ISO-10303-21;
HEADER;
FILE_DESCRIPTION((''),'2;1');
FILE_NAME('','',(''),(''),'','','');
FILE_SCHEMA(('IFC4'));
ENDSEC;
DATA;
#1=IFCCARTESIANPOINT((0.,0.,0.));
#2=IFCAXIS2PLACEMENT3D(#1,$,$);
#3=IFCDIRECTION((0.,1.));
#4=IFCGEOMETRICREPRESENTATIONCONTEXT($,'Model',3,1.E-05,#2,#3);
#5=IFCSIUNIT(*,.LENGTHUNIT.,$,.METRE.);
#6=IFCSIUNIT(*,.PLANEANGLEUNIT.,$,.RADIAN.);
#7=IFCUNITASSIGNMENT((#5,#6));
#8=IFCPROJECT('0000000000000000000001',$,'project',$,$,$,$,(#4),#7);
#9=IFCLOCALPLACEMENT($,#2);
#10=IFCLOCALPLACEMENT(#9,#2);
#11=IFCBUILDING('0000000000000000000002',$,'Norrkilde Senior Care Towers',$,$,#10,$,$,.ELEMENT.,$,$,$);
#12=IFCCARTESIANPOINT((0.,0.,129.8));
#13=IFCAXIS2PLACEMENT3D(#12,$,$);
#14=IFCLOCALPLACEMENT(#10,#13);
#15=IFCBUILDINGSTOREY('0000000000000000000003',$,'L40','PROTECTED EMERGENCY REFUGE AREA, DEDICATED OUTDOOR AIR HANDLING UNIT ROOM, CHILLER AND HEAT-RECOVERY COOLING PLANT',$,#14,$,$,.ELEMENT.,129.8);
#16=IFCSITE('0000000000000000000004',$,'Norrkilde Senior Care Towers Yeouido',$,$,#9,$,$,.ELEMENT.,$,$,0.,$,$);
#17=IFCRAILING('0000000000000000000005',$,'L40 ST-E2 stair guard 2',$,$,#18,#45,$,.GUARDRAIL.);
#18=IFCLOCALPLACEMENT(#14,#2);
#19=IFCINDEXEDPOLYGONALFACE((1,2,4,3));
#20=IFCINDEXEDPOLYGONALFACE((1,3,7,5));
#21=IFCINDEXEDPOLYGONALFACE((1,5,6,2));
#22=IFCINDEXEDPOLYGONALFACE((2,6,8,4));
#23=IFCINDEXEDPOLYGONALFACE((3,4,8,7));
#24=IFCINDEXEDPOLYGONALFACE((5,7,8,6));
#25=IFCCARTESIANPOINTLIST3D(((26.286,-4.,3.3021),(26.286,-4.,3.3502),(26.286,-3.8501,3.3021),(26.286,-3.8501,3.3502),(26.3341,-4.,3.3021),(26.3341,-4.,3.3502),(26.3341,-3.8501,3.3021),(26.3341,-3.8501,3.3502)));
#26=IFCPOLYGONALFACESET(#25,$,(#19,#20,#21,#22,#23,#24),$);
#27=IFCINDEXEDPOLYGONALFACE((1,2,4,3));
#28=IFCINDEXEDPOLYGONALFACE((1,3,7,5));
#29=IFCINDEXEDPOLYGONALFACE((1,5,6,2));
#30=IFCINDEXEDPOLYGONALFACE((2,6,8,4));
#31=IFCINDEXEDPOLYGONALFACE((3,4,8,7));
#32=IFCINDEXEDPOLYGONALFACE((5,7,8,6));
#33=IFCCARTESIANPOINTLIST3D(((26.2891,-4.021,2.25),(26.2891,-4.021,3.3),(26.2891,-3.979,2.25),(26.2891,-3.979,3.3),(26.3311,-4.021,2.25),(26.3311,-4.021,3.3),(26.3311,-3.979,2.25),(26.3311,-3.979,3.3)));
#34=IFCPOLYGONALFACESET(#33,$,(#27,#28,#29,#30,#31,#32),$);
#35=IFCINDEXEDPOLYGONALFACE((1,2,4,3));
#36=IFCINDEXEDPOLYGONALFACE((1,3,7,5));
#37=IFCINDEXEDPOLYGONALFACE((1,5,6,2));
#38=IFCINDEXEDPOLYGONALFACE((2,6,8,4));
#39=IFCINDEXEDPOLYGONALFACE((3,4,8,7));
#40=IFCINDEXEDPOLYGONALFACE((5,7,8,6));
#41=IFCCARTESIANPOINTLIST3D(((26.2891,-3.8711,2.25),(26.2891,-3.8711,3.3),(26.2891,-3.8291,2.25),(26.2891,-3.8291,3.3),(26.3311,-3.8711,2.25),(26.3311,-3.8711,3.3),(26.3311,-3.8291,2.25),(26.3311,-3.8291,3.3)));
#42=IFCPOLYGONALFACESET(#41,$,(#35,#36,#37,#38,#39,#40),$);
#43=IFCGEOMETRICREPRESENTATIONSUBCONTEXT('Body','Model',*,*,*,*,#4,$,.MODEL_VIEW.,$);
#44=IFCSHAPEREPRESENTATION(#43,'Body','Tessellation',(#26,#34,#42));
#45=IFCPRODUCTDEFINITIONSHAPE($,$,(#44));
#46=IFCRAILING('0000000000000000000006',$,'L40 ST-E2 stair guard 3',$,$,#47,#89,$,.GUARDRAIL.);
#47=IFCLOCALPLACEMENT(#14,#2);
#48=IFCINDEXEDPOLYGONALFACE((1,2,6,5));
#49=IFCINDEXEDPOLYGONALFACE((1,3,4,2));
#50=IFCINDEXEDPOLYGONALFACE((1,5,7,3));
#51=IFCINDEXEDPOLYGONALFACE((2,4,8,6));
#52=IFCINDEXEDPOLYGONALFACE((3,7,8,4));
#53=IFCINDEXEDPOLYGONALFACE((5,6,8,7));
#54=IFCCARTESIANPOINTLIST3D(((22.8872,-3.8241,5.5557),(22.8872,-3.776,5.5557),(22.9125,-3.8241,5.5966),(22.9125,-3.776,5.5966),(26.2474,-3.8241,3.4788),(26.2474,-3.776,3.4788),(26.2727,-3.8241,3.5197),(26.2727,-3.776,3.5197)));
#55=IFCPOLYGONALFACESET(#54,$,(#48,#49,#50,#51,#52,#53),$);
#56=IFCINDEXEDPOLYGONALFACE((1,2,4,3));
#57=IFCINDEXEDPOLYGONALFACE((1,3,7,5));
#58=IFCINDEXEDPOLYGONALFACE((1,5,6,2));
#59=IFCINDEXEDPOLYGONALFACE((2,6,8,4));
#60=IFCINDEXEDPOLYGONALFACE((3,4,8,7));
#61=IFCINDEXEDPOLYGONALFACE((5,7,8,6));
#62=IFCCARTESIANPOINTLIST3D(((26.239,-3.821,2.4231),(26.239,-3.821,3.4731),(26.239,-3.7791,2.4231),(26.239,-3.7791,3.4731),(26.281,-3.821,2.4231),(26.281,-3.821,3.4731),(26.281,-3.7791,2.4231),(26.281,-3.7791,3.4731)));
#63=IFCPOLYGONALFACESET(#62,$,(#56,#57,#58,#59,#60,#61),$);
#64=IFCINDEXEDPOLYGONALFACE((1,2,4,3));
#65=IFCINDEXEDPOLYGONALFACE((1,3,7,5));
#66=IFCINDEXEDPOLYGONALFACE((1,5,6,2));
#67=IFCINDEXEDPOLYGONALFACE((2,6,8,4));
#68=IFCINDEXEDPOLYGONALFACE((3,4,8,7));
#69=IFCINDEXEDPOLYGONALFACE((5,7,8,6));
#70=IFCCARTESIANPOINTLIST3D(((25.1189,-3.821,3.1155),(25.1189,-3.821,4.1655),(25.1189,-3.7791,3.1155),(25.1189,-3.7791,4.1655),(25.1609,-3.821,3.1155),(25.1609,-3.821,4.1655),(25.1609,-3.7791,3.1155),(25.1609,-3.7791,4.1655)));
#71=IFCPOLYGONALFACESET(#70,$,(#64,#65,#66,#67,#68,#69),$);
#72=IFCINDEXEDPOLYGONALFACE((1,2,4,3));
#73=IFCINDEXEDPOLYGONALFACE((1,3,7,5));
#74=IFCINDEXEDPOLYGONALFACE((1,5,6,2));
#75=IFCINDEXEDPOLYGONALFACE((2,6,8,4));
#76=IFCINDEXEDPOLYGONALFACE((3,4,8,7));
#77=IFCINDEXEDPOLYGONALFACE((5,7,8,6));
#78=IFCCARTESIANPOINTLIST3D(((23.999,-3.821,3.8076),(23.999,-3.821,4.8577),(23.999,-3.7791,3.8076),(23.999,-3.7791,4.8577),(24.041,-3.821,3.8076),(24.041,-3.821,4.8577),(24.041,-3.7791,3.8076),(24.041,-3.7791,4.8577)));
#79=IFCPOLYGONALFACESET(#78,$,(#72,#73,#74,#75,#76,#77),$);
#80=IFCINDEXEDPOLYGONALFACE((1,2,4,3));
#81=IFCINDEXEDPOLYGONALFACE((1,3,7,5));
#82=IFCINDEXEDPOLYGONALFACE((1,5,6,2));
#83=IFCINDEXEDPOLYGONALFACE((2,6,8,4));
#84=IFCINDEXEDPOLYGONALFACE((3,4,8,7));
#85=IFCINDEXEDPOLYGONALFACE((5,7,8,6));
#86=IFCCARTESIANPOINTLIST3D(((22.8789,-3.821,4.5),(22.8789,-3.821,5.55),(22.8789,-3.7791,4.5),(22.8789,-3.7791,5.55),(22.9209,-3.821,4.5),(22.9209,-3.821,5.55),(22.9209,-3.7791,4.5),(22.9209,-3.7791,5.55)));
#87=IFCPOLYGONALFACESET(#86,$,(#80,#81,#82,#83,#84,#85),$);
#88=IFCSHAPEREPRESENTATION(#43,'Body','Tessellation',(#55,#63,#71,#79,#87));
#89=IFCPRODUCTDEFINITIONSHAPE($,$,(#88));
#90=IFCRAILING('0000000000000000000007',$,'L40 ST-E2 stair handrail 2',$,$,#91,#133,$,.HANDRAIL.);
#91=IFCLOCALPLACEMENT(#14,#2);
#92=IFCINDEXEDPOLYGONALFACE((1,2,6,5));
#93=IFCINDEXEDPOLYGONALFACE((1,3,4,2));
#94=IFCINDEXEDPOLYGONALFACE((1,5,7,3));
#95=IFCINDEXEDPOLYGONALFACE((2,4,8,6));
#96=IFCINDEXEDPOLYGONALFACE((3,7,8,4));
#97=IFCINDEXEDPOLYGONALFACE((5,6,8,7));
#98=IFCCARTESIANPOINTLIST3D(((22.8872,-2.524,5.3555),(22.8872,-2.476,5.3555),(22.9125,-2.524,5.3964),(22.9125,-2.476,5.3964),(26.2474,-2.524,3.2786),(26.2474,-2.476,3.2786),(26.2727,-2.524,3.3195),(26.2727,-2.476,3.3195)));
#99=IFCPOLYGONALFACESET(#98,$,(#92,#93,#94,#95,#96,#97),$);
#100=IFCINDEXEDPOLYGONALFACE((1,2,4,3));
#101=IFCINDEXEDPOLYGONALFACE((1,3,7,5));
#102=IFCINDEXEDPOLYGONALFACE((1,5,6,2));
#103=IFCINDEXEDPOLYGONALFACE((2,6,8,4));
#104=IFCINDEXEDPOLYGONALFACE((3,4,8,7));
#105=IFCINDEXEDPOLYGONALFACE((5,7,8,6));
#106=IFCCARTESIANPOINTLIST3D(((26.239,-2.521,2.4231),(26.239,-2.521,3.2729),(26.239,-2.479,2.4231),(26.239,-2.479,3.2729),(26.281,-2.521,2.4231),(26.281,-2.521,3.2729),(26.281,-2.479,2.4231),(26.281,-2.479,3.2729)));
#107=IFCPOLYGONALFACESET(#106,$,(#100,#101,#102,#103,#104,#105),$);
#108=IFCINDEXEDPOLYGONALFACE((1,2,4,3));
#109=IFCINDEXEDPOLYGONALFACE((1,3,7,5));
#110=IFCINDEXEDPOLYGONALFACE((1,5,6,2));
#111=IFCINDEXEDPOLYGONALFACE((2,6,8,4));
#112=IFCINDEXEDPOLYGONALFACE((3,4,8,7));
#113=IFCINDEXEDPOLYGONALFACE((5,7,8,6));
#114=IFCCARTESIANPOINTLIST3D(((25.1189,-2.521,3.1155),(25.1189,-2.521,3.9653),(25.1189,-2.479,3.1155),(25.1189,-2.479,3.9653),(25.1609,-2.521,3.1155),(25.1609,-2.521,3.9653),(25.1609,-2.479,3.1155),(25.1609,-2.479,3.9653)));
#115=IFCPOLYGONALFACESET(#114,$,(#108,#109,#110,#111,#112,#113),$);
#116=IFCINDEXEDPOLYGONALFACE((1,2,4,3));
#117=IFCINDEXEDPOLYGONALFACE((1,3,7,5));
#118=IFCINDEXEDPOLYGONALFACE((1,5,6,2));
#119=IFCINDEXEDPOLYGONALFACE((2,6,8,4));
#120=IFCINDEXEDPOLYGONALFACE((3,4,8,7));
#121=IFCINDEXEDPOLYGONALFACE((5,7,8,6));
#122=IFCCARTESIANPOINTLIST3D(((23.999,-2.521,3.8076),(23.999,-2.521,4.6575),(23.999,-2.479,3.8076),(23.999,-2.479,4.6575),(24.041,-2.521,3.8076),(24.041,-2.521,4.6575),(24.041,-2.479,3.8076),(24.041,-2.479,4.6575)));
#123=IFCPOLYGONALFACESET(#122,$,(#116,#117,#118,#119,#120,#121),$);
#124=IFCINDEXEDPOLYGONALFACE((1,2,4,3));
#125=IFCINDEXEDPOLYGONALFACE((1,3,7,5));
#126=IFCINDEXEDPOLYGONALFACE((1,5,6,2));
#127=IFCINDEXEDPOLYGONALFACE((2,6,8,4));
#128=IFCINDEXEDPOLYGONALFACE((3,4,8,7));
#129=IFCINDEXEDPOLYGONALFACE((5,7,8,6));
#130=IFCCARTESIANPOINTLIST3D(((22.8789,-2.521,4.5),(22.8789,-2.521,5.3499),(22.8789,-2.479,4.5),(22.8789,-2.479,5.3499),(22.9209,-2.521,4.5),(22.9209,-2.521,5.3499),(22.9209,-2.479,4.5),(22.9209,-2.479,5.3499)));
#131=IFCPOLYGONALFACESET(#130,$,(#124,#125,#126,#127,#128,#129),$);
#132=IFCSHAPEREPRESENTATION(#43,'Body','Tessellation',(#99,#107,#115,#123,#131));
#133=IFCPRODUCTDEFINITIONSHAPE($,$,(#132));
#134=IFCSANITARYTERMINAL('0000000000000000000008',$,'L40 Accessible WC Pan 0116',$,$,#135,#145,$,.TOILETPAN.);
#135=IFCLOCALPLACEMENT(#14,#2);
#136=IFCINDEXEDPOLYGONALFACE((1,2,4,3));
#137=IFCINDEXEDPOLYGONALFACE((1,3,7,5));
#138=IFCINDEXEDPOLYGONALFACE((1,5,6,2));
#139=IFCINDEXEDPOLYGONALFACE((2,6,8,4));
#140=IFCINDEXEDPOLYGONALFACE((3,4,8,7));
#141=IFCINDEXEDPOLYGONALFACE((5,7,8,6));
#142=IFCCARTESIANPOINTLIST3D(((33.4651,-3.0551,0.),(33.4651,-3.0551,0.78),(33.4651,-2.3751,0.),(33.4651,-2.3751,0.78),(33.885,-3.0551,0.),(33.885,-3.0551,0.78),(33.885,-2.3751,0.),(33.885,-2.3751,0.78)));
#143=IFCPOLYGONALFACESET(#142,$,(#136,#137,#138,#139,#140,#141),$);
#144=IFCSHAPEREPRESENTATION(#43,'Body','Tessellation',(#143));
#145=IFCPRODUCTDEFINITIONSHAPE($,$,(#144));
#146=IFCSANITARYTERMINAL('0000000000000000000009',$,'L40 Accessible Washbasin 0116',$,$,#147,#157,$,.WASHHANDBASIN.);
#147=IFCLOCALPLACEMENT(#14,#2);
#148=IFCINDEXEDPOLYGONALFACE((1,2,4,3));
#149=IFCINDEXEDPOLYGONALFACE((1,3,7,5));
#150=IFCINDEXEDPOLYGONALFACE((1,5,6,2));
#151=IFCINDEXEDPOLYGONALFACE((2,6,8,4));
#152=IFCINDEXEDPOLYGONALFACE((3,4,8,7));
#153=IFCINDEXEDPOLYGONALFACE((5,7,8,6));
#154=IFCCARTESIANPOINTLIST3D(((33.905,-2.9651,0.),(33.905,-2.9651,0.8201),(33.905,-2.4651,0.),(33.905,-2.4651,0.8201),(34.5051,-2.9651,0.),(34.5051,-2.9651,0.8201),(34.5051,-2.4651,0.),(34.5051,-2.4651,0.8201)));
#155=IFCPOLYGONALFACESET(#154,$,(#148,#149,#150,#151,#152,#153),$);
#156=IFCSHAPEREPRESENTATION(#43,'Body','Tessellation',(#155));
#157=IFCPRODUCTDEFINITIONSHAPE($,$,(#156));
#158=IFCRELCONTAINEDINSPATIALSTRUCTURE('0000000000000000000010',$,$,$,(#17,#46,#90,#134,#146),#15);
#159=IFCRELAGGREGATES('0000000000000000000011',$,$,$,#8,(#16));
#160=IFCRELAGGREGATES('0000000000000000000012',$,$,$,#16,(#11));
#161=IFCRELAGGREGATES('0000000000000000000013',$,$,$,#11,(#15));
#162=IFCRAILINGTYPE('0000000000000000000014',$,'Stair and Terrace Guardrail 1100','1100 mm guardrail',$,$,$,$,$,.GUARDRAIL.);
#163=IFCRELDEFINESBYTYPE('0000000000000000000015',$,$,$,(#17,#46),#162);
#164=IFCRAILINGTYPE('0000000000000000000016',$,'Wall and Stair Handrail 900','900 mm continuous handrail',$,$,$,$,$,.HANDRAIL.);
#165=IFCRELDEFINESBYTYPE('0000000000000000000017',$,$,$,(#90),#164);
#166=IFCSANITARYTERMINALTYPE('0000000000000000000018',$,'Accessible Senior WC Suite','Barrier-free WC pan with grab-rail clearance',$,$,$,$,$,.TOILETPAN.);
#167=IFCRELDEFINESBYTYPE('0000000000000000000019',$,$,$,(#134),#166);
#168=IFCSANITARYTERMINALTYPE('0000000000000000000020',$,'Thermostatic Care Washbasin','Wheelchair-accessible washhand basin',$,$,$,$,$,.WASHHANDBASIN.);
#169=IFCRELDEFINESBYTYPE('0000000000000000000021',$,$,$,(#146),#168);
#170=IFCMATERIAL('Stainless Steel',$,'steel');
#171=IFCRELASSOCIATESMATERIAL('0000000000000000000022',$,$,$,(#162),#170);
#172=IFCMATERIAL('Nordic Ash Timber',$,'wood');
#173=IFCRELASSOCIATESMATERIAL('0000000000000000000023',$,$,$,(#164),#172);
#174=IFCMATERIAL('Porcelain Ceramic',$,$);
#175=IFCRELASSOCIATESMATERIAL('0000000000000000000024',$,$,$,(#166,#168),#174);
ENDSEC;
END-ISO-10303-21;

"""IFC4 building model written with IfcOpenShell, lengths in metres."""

from ifc_helpers import new_model, si_unit, direction, frame, origin, origin_2d, place, context, subcontext, project, spatial, rectangle, extrude, source, transform, mapped, material, type_object, type_shapes, element, save


model = new_model("IFC4")

# Units and contexts
model_context = context("Model", 3, precision=1e-05, world=origin(), true_north=direction((0.0, 1.0)))
body_context = subcontext(model_context, "Body", "Model", "MODEL_VIEW")
ifc_project = project(units=[si_unit("LENGTHUNIT", "METRE"), si_unit("PLANEANGLEUNIT", "RADIAN")], contexts=[model_context])

# Site, building, storey
site_placement = place(None, origin())
site = spatial("IfcSite", under=ifc_project, at=site_placement, Name="Norrkilde Senior Care Towers Yeouido", CompositionType="ELEMENT", RefElevation=0.0)
building_placement = place(site_placement, origin())
building = spatial("IfcBuilding", under=site, at=building_placement, Name="Norrkilde Senior Care Towers", CompositionType="ELEMENT")
storey_placement = place(building_placement, frame((0.0, 0.0, 129.8)))
storey = spatial("IfcBuildingStorey", under=building, at=storey_placement, Name="L40", Description="PROTECTED EMERGENCY REFUGE AREA, DEDICATED OUTDOOR AIR HANDLING UNIT ROOM, CHILLER AND HEAT-RECOVERY COOLING PLANT", CompositionType="ELEMENT", Elevation=129.8)

# Shared definitions
ifc_material_1 = material(Name="Stainless Steel", Category="steel")

# Railings
railing_type_1 = type_object("IfcRailingType", Name="Stair and Terrace Guardrail 1100", Description="1100 mm guardrail", PredefinedType="GUARDRAIL", material=ifc_material_1)
railing_1_placement = place(storey_placement, frame((26.3101, -4.0, 2.25)))
element("IfcRailing", 1, at=railing_1_placement, inside=storey, type_object=railing_type_1, Name="L40 ST-E2 stair guard 2", PredefinedType="GUARDRAIL", context=body_context, shape_type="SweptSolid", body=[
    extrude(rectangle(XDim=0.0481, YDim=0.0481, at=origin_2d()), frame((0.0, 0.0, 1.0762), z_axis=(0.0, 1.0, 0.0), x_axis=(-1.0, 0.0, 0.0)), (0.0, 0.0, 1.0), 0.1499),
    extrude(rectangle(XDim=0.042, YDim=0.042, at=origin_2d()), origin(), (0.0, 0.0, 1.0), 1.05),
    extrude(rectangle(XDim=0.042, YDim=0.042, at=origin_2d()), frame((0.0, 0.1499, 0.0)), (0.0, 0.0, 1.0), 1.05),
])
railing_2_placement = place(storey_placement, frame((26.26, -3.8, 2.4231)))
element("IfcRailing", 2, at=railing_2_placement, inside=storey, type_object=railing_type_1, Name="L40 ST-E2 stair guard 3", PredefinedType="GUARDRAIL", context=body_context, shape_type="SweptSolid", body=[
    extrude(rectangle(XDim=0.0481, YDim=0.0481, at=origin_2d()), frame((0.0, 0.0, 1.0762), z_axis=(-0.850623, 0.0, 0.525776), x_axis=(0.0, -1.0, 0.0)), (0.0, 0.0, 1.0), 3.9502),
    extrude(rectangle(XDim=0.042, YDim=0.042, at=origin_2d()), origin(), (0.0, 0.0, 1.0), 1.05),
    extrude(rectangle(XDim=0.042, YDim=0.042, at=origin_2d()), frame((-1.1201, 0.0, 0.6924)), (0.0, 0.0, 1.0), 1.05),
    extrude(rectangle(XDim=0.042, YDim=0.042, at=origin_2d()), frame((-2.24, 0.0, 1.3845)), (0.0, 0.0, 1.0), 1.05),
    extrude(rectangle(XDim=0.042, YDim=0.042, at=origin_2d()), frame((-3.3601, 0.0, 2.0769)), (0.0, 0.0, 1.0), 1.05),
])
ifc_material_2 = material(Name="Nordic Ash Timber", Category="wood")
railing_type_2 = type_object("IfcRailingType", Name="Wall and Stair Handrail 900", Description="900 mm continuous handrail", PredefinedType="HANDRAIL", material=ifc_material_2)
railing_3_placement = place(storey_placement, frame((26.26, -2.5, 2.4231)))
element("IfcRailing", 3, at=railing_3_placement, inside=storey, type_object=railing_type_2, Name="L40 ST-E2 stair handrail 2", PredefinedType="HANDRAIL", context=body_context, shape_type="SweptSolid", body=[
    extrude(rectangle(XDim=0.0481, YDim=0.0481, at=origin_2d()), frame((0.0, 0.0, 0.876), z_axis=(-0.850623, 0.0, 0.525776), x_axis=(0.0, -1.0, 0.0)), (0.0, 0.0, 1.0), 3.9502),
    extrude(rectangle(XDim=0.042, YDim=0.042, at=origin_2d()), origin(), (0.0, 0.0, 1.0), 0.8499),
    extrude(rectangle(XDim=0.042, YDim=0.042, at=origin_2d()), frame((-1.1201, 0.0, 0.6924)), (0.0, 0.0, 1.0), 0.8499),
    extrude(rectangle(XDim=0.042, YDim=0.042, at=origin_2d()), frame((-2.24, 0.0, 1.3845)), (0.0, 0.0, 1.0), 0.8499),
    extrude(rectangle(XDim=0.042, YDim=0.042, at=origin_2d()), frame((-3.3601, 0.0, 2.0769)), (0.0, 0.0, 1.0), 0.8499),
])

# Sanitary terminals
ifc_material_3 = material(Name="Porcelain Ceramic")
sanitary_terminal_type_1 = type_object("IfcSanitaryTerminalType", Name="Accessible Senior WC Suite", Description="Barrier-free WC pan with grab-rail clearance", PredefinedType="TOILETPAN", material=ifc_material_3)
shared_shape_1 = source(origin(), body_context, "Body", "SweptSolid", [
    extrude(rectangle(XDim=0.4199, YDim=0.6799, at=origin_2d()), origin(), (0.0, 0.0, 1.0), 0.78),
])
type_shapes(sanitary_terminal_type_1, [shared_shape_1])
sanitary_terminal_1_placement = place(storey_placement, frame((33.675, -2.7151, 0.0), z_axis=(0.0, 0.0, 1.0), x_axis=(1.0, 0.0, 0.0)))
element("IfcSanitaryTerminal", 4, at=sanitary_terminal_1_placement, inside=storey, type_object=sanitary_terminal_type_1, Name="L40 Accessible WC Pan 0116", PredefinedType="TOILETPAN", context=body_context, shape_type="MappedRepresentation", body=[
    mapped(shared_shape_1, transform((0.0, 0.0, 0.0), x_axis=(1.0, 0.0, 0.0), y_axis=(0.0, 1.0, 0.0), z_axis=(0.0, 0.0, 1.0), scale=1.0)),
])
sanitary_terminal_type_2 = type_object("IfcSanitaryTerminalType", Name="Thermostatic Care Washbasin", Description="Wheelchair-accessible washhand basin", PredefinedType="WASHHANDBASIN", material=ifc_material_3)
shared_shape_2 = source(origin(), body_context, "Body", "SweptSolid", [
    extrude(rectangle(XDim=0.6001, YDim=0.5, at=origin_2d()), origin(), (0.0, 0.0, 1.0), 0.8201),
])
type_shapes(sanitary_terminal_type_2, [shared_shape_2])
sanitary_terminal_2_placement = place(storey_placement, frame((34.2051, -2.7151, 0.0), z_axis=(0.0, 0.0, 1.0), x_axis=(1.0, 0.0, 0.0)))
element("IfcSanitaryTerminal", 5, at=sanitary_terminal_2_placement, inside=storey, type_object=sanitary_terminal_type_2, Name="L40 Accessible Washbasin 0116", PredefinedType="WASHHANDBASIN", context=body_context, shape_type="MappedRepresentation", body=[
    mapped(shared_shape_2, transform((0.0, 0.0, 0.0), x_axis=(1.0, 0.0, 0.0), y_axis=(0.0, 1.0, 0.0), z_axis=(0.0, 0.0, 1.0), scale=1.0)),
])

save(model, "model.ifc")
